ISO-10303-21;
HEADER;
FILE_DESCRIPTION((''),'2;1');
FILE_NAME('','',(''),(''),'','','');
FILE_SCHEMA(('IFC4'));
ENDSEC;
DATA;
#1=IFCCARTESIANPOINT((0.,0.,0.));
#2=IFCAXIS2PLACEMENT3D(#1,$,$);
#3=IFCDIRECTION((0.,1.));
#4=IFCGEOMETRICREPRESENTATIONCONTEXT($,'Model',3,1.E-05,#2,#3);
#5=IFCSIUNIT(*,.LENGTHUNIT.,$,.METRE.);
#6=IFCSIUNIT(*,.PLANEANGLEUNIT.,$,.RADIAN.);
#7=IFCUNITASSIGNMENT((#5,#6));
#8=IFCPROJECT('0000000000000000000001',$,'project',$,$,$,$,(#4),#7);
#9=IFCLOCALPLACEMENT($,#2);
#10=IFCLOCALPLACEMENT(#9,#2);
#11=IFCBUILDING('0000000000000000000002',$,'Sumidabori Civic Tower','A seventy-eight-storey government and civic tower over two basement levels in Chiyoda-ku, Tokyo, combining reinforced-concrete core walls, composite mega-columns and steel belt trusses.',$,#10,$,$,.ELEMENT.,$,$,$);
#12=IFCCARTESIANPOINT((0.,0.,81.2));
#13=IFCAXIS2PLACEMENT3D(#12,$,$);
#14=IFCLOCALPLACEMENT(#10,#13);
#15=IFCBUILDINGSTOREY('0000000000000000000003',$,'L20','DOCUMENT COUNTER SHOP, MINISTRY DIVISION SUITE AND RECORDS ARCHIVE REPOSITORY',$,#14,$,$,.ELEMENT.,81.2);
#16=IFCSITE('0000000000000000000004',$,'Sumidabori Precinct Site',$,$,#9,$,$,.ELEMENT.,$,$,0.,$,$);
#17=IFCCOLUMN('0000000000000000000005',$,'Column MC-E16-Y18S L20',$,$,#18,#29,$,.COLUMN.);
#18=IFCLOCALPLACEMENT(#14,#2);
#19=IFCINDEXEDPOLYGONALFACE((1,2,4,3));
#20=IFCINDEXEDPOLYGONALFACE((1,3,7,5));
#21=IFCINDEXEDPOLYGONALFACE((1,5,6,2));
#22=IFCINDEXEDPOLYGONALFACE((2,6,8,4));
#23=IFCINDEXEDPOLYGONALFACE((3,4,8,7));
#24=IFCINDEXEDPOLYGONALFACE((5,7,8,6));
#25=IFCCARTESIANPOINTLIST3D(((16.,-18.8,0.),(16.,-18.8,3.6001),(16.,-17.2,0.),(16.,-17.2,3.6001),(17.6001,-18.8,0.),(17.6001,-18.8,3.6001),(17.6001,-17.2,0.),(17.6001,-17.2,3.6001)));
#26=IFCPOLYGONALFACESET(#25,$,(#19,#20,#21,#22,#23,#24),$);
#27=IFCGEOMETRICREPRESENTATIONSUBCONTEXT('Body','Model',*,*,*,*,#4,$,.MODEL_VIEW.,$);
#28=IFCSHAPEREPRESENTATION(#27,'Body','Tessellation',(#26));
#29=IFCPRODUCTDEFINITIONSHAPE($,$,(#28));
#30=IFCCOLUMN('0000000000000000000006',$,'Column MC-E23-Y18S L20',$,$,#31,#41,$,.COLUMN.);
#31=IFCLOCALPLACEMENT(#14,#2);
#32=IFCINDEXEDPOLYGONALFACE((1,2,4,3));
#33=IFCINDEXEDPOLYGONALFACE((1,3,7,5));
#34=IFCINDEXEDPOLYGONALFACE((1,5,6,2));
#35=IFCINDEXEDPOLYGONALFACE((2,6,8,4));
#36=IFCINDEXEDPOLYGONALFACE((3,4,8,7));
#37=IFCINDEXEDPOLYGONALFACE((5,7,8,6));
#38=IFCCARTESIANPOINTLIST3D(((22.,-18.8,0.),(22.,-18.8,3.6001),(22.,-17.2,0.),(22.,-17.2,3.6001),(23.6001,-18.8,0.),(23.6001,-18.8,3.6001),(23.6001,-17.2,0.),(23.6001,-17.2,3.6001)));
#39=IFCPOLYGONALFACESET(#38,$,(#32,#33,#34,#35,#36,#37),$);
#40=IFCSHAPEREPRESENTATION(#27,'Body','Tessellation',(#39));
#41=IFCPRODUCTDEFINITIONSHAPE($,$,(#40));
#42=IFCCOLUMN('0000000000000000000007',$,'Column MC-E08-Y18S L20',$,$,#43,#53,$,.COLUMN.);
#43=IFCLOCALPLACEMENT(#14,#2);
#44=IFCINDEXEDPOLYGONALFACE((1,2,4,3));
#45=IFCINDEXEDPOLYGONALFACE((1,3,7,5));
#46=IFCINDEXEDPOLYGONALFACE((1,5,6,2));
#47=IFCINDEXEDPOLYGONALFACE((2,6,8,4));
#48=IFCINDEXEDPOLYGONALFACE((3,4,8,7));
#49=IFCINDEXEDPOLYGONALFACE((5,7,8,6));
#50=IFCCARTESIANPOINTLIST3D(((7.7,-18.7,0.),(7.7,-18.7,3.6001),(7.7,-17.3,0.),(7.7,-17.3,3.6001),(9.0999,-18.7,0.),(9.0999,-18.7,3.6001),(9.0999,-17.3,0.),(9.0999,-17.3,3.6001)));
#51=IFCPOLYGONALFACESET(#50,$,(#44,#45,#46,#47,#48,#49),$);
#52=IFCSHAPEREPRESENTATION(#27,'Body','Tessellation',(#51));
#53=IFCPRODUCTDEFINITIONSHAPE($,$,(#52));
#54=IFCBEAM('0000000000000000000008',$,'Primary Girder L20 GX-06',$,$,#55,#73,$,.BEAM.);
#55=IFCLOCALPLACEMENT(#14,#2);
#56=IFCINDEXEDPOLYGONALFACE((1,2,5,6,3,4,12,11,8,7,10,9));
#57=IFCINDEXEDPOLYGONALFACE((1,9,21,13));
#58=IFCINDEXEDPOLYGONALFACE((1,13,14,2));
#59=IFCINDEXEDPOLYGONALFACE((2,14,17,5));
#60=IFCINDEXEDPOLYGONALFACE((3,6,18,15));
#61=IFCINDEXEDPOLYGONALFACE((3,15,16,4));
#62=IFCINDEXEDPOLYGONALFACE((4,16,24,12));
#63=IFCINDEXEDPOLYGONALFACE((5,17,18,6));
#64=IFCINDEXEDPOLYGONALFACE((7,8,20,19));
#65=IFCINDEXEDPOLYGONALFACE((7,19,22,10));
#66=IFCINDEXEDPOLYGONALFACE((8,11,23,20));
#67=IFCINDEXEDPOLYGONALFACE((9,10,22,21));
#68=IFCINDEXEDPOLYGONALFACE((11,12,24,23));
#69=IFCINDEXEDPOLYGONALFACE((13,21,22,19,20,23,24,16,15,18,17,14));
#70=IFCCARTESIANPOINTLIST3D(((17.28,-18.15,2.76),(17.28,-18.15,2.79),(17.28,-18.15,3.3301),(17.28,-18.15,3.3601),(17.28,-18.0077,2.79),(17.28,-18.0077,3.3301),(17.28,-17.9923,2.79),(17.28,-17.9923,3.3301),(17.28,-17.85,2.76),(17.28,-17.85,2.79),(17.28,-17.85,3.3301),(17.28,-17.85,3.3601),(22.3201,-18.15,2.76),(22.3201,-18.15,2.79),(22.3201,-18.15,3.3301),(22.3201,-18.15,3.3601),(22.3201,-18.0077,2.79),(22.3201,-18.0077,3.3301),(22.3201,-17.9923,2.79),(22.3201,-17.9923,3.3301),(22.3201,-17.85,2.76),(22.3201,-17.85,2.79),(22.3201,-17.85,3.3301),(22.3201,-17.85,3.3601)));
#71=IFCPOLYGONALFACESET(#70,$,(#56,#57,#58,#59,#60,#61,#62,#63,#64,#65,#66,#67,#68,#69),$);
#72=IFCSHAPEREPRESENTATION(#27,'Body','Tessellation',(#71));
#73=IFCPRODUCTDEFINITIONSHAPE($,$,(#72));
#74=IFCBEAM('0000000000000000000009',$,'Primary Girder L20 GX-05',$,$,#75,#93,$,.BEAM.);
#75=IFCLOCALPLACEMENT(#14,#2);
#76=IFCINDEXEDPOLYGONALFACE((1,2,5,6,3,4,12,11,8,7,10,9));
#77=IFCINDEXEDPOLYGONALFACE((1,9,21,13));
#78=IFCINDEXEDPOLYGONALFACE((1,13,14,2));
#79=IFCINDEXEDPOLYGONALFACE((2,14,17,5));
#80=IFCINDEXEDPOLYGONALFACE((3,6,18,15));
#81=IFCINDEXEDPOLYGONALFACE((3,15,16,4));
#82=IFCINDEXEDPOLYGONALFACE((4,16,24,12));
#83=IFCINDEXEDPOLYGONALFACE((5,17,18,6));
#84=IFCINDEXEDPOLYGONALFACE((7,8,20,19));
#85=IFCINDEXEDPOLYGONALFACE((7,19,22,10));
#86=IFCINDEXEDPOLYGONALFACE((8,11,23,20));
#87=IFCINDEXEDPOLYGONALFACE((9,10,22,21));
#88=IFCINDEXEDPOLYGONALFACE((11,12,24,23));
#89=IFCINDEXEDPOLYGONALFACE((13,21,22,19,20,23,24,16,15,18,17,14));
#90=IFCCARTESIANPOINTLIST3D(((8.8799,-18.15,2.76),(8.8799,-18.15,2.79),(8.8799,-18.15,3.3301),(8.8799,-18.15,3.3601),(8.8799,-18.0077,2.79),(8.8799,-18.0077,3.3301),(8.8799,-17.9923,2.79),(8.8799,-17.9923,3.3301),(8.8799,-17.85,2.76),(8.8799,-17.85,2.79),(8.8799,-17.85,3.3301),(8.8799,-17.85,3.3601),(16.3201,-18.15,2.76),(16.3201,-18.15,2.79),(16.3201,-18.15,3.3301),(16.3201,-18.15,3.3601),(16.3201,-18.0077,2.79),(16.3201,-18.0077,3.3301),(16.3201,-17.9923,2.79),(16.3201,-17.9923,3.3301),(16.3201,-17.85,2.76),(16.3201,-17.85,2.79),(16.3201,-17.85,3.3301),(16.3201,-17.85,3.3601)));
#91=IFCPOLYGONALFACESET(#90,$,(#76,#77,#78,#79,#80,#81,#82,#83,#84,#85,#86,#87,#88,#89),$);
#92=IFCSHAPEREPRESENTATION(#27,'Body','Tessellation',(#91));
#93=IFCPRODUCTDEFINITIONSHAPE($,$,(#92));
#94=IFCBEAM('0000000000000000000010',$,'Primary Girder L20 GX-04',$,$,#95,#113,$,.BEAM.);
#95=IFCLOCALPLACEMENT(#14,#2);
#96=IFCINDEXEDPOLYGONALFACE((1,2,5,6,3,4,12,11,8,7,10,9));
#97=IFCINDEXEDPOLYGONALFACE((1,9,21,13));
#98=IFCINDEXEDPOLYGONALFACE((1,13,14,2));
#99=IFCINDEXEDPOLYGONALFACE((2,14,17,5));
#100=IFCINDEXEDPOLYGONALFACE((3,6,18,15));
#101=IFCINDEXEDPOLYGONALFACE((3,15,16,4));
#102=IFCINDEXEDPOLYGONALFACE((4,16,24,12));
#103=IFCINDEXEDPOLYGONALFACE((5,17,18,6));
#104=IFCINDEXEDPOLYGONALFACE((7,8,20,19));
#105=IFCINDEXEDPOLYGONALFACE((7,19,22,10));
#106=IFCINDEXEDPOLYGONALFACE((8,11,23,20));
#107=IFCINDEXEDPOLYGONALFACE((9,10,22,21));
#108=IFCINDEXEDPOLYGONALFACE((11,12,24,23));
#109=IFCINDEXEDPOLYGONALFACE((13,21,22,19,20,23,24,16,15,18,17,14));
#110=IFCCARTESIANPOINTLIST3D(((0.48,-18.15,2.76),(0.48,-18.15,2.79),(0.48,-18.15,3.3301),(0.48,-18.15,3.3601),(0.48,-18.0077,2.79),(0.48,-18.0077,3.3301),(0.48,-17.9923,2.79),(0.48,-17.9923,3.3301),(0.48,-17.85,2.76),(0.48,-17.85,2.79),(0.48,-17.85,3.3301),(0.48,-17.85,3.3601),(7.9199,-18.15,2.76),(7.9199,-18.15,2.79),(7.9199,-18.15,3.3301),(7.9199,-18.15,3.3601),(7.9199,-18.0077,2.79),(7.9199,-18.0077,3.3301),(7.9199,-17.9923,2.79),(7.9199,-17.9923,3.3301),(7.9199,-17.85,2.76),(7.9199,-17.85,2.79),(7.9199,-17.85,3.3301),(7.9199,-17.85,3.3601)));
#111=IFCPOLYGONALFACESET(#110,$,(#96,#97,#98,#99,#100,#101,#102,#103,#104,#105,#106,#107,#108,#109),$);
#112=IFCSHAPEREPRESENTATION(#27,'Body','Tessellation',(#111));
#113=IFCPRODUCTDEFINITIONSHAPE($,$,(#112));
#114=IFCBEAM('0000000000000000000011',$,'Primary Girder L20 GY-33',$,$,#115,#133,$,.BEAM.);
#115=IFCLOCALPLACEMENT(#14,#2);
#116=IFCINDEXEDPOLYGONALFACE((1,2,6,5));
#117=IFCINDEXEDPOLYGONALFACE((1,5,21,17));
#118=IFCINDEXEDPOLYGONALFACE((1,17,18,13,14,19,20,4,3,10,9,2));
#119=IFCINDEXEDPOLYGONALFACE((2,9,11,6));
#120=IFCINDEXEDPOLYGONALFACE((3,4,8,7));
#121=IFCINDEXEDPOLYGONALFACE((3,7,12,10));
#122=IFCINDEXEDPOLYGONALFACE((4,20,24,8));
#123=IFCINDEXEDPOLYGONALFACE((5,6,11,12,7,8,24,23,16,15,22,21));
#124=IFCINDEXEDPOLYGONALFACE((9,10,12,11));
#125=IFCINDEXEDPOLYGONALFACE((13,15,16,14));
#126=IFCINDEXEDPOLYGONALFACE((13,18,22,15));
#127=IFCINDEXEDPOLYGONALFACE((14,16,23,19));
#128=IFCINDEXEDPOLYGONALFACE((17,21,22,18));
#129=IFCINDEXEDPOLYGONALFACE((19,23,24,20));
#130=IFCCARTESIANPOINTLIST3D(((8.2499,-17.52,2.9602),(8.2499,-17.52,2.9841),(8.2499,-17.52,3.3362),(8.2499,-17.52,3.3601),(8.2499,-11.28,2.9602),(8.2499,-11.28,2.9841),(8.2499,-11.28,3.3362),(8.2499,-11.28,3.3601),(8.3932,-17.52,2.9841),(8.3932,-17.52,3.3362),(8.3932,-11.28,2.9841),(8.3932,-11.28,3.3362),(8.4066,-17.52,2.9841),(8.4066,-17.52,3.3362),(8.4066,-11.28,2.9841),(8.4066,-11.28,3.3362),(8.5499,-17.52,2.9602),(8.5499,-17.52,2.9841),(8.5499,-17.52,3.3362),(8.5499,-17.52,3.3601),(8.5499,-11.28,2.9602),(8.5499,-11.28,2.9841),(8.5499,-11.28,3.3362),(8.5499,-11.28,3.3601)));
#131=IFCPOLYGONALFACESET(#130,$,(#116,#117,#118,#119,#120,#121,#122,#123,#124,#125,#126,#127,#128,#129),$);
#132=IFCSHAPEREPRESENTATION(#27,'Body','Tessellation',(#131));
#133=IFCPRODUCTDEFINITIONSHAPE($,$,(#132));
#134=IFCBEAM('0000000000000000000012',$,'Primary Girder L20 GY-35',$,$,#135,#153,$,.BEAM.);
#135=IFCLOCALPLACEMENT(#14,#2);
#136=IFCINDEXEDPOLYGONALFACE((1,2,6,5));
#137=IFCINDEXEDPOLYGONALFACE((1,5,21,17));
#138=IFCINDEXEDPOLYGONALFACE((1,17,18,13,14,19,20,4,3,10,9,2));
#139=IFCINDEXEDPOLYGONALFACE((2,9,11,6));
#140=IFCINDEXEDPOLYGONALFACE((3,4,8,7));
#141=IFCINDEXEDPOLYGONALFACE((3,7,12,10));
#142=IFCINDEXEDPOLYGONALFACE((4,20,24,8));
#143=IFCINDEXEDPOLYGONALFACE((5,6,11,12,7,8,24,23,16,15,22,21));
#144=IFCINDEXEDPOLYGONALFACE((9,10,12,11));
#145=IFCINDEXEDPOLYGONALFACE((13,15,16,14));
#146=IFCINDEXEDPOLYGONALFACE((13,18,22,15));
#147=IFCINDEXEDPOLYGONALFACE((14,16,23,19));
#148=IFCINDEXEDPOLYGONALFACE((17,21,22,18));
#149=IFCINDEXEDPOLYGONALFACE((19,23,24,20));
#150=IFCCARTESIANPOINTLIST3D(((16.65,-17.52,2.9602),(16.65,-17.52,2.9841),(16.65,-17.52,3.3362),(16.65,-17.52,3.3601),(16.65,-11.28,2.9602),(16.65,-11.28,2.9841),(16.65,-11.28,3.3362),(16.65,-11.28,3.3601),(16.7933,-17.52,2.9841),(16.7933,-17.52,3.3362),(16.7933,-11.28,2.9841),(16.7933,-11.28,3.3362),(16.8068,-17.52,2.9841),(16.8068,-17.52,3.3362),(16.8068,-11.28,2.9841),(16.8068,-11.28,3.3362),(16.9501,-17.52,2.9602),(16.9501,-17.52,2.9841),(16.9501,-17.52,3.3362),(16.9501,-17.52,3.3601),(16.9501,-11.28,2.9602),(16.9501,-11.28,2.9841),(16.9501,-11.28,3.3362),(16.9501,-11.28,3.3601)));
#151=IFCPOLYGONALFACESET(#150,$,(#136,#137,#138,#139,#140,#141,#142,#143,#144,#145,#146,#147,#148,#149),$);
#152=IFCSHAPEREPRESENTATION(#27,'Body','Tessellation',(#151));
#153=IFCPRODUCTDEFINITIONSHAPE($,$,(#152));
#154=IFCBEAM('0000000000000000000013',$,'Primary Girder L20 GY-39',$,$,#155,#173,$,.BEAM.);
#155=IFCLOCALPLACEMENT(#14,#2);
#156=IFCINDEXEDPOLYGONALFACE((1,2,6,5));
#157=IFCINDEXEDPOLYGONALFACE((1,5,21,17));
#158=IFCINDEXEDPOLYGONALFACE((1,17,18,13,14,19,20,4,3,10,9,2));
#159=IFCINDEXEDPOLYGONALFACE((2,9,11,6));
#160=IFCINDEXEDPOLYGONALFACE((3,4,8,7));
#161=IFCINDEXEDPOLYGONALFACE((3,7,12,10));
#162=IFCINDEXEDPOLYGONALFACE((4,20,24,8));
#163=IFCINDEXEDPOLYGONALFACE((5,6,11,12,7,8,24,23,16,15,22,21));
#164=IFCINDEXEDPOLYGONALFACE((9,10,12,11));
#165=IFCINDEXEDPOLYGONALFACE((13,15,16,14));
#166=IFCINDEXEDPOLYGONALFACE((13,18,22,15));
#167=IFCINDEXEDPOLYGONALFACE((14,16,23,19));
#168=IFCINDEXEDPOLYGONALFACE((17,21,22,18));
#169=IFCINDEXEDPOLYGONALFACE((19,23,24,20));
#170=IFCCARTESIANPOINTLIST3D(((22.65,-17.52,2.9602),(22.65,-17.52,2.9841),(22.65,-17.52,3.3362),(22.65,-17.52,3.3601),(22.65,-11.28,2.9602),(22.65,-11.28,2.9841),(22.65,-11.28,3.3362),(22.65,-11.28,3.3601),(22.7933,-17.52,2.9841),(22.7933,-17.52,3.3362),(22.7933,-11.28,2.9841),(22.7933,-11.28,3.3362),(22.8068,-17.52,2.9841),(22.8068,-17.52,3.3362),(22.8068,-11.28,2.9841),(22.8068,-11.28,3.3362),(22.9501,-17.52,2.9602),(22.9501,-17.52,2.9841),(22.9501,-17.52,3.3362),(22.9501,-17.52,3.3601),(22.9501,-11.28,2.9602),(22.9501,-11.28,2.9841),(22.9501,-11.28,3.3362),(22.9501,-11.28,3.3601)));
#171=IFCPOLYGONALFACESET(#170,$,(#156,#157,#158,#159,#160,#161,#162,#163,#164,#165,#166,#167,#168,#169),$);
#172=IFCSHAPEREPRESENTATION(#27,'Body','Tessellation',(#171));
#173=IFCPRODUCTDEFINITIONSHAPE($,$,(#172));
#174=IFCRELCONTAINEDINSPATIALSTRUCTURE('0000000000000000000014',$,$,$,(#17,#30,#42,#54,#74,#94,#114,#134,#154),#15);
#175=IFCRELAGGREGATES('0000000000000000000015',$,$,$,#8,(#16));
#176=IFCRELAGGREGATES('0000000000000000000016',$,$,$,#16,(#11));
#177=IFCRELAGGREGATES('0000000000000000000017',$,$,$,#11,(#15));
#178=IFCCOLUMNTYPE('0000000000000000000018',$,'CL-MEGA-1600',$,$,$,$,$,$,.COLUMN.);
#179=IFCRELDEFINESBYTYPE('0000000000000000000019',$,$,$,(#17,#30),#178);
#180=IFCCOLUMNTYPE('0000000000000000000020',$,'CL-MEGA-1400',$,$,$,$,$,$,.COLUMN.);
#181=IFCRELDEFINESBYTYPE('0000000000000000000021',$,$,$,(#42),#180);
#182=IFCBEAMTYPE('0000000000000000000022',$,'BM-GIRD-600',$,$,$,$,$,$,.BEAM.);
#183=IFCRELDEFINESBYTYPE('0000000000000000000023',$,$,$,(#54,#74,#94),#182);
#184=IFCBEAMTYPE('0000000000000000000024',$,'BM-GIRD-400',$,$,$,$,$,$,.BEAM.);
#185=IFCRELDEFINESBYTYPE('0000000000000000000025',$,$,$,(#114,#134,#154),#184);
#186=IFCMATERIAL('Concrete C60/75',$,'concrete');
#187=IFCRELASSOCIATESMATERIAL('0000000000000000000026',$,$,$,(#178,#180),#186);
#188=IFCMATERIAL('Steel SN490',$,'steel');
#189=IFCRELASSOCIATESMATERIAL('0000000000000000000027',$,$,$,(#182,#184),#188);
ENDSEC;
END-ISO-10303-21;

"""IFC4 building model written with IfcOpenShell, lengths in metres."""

from ifc_helpers import new_model, si_unit, direction, frame, origin, origin_2d, place, context, subcontext, project, spatial, rectangle, i_section, extrude, source, transform, mapped, material, material_profile, profile_set, type_object, element, save


model = new_model("IFC4")

# Units and contexts
model_context = context("Model", 3, precision=1e-05, world=origin(), true_north=direction((0.0, 1.0)))
body_context = subcontext(model_context, "Body", "Model", "MODEL_VIEW")
ifc_project = project(units=[si_unit("LENGTHUNIT", "METRE"), si_unit("PLANEANGLEUNIT", "RADIAN")], contexts=[model_context])

# Site, building, storey
site_placement = place(None, origin())
site = spatial("IfcSite", under=ifc_project, at=site_placement, Name="Sumidabori Precinct Site", CompositionType="ELEMENT", RefElevation=0.0)
building_placement = place(site_placement, origin())
building = spatial("IfcBuilding", under=site, at=building_placement, Name="Sumidabori Civic Tower", Description="A seventy-eight-storey government and civic tower over two basement levels in Chiyoda-ku, Tokyo, combining reinforced-concrete core walls, composite mega-columns and steel belt trusses.", CompositionType="ELEMENT")
storey_placement = place(building_placement, frame((0.0, 0.0, 81.2)))
storey = spatial("IfcBuildingStorey", under=building, at=storey_placement, Name="L20", Description="DOCUMENT COUNTER SHOP, MINISTRY DIVISION SUITE AND RECORDS ARCHIVE REPOSITORY", CompositionType="ELEMENT", Elevation=81.2)

# Columns
ifc_material_1 = material(Name="Concrete C60/75", Category="concrete")
ifc_material_profile_1 = material_profile(ifc_material_1, rectangle(XDim=1.6001, YDim=1.6001, at=origin_2d()), Name="RC 1600x1600")
ifc_profile_set_1 = profile_set([ifc_material_profile_1], Name="Concrete C60/75")
column_type_1 = type_object("IfcColumnType", Name="CL-MEGA-1600", PredefinedType="COLUMN", material=ifc_profile_set_1)
shared_shape_1 = source(origin(), body_context, "Body", "SweptSolid", [
    extrude(rectangle(XDim=1.6001, YDim=1.6001, at=origin_2d()), origin(), (0.0, 0.0, 1.0), 3.6001),
])
for number, where, z_axis, x_axis, name in (
    (1, (16.8, -18.0, 0.0), (0.0, 0.0, 1.0), (1.0, 0.0, 0.0), "Column MC-E16-Y18S L20"),
    (2, (22.8, -18.0, 0.0), (0.0, 0.0, 1.0), (1.0, 0.0, 0.0), "Column MC-E23-Y18S L20"),
):
    element("IfcColumn", number, at=place(storey_placement, frame(where, z_axis=z_axis, x_axis=x_axis)), inside=storey, type_object=column_type_1, Name=name, PredefinedType="COLUMN", context=body_context, shape_type="MappedRepresentation", body=[
        mapped(shared_shape_1, transform((0.0, 0.0, 0.0), x_axis=(1.0, 0.0, 0.0), y_axis=(0.0, 1.0, 0.0), z_axis=(0.0, 0.0, 1.0), scale=1.0)),
    ])
ifc_material_profile_2 = material_profile(ifc_material_1, rectangle(XDim=1.3999, YDim=1.3999, at=origin_2d()), Name="RC 1400x1400")
ifc_profile_set_2 = profile_set([ifc_material_profile_2], Name="Concrete C60/75")
column_type_2 = type_object("IfcColumnType", Name="CL-MEGA-1400", PredefinedType="COLUMN", material=ifc_profile_set_2)
shared_shape_2 = source(origin(), body_context, "Body", "SweptSolid", [
    extrude(rectangle(XDim=1.3999, YDim=1.3999, at=origin_2d()), origin(), (0.0, 0.0, 1.0), 3.6001),
])
column_placement = place(storey_placement, frame((8.3999, -18.0, 0.0), z_axis=(0.0, 0.0, 1.0), x_axis=(1.0, 0.0, 0.0)))
element("IfcColumn", 3, at=column_placement, inside=storey, type_object=column_type_2, Name="Column MC-E08-Y18S L20", PredefinedType="COLUMN", context=body_context, shape_type="MappedRepresentation", body=[
    mapped(shared_shape_2, transform((0.0, 0.0, 0.0), x_axis=(1.0, 0.0, 0.0), y_axis=(0.0, 1.0, 0.0), z_axis=(0.0, 0.0, 1.0), scale=1.0)),
])

# Beams
ifc_material_2 = material(Name="Steel SN490", Category="steel")
ifc_material_profile_3 = material_profile(ifc_material_2, i_section(OverallWidth=0.3, OverallDepth=0.6001, WebThickness=0.0154, FlangeThickness=0.03, at=origin_2d()), Name="HE 600 B")
ifc_profile_set_3 = profile_set([ifc_material_profile_3], Name="Steel SN490")
beam_type_1 = type_object("IfcBeamType", Name="BM-GIRD-600", PredefinedType="BEAM", material=ifc_profile_set_3)
shared_shape_3 = source(origin(), body_context, "Body", "SweptSolid", [
    extrude(i_section(OverallWidth=0.3, OverallDepth=0.6001, WebThickness=0.0154, FlangeThickness=0.03, at=origin_2d()), origin(), (0.0, 0.0, 1.0), 5.04),
])
beam_1_placement = place(storey_placement, frame((17.28, -18.0, 3.0601), z_axis=(1.0, 0.0, 0.0), x_axis=(0.0, 1.0, 0.0)))
element("IfcBeam", 4, at=beam_1_placement, inside=storey, type_object=beam_type_1, Name="Primary Girder L20 GX-06", PredefinedType="BEAM", context=body_context, shape_type="MappedRepresentation", body=[
    mapped(shared_shape_3, transform((0.0, 0.0, 0.0), x_axis=(1.0, 0.0, 0.0), y_axis=(0.0, 1.0, 0.0), z_axis=(0.0, 0.0, 1.0), scale=1.0)),
])
shared_shape_4 = source(origin(), body_context, "Body", "SweptSolid", [
    extrude(i_section(OverallWidth=0.3, OverallDepth=0.6001, WebThickness=0.0154, FlangeThickness=0.03, at=origin_2d()), origin(), (0.0, 0.0, 1.0), 7.4402),
])
beam_2_placement = place(storey_placement, frame((8.8799, -18.0, 3.0601), z_axis=(1.0, 0.0, 0.0), x_axis=(0.0, 1.0, 0.0)))
element("IfcBeam", 5, at=beam_2_placement, inside=storey, type_object=beam_type_1, Name="Primary Girder L20 GX-05", PredefinedType="BEAM", context=body_context, shape_type="MappedRepresentation", body=[
    mapped(shared_shape_4, transform((0.0, 0.0, 0.0), x_axis=(1.0, 0.0, 0.0), y_axis=(0.0, 1.0, 0.0), z_axis=(0.0, 0.0, 1.0), scale=1.0)),
])
shared_shape_5 = source(origin(), body_context, "Body", "SweptSolid", [
    extrude(i_section(OverallWidth=0.3, OverallDepth=0.6001, WebThickness=0.0154, FlangeThickness=0.03, at=origin_2d()), origin(), (0.0, 0.0, 1.0), 7.4399),
])
beam_3_placement = place(storey_placement, frame((0.48, -18.0, 3.0601), z_axis=(1.0, 0.0, 0.0), x_axis=(0.0, 1.0, 0.0)))
element("IfcBeam", 6, at=beam_3_placement, inside=storey, type_object=beam_type_1, Name="Primary Girder L20 GX-04", PredefinedType="BEAM", context=body_context, shape_type="MappedRepresentation", body=[
    mapped(shared_shape_5, transform((0.0, 0.0, 0.0), x_axis=(1.0, 0.0, 0.0), y_axis=(0.0, 1.0, 0.0), z_axis=(0.0, 0.0, 1.0), scale=1.0)),
])
ifc_material_profile_4 = material_profile(ifc_material_2, i_section(OverallWidth=0.3, OverallDepth=0.3999, WebThickness=0.0134, FlangeThickness=0.0239, at=origin_2d()), Name="HE 400 B")
ifc_profile_set_4 = profile_set([ifc_material_profile_4], Name="Steel SN490")
beam_type_2 = type_object("IfcBeamType", Name="BM-GIRD-400", PredefinedType="BEAM", material=ifc_profile_set_4)
shared_shape_6 = source(origin(), body_context, "Body", "SweptSolid", [
    extrude(i_section(OverallWidth=0.3, OverallDepth=0.3999, WebThickness=0.0134, FlangeThickness=0.0239, at=origin_2d()), origin(), (0.0, 0.0, 1.0), 6.24),
])
for number, where, z_axis, x_axis, name in (
    (7, (8.3999, -17.52, 3.1602), (0.0, 1.0, 0.0), (-1.0, 0.0, 0.0), "Primary Girder L20 GY-33"),
    (8, (16.8, -17.52, 3.1602), (0.0, 1.0, 0.0), (-1.0, 0.0, 0.0), "Primary Girder L20 GY-35"),
    (9, (22.8, -17.52, 3.1602), (0.0, 1.0, 0.0), (-1.0, 0.0, 0.0), "Primary Girder L20 GY-39"),
):
    element("IfcBeam", number, at=place(storey_placement, frame(where, z_axis=z_axis, x_axis=x_axis)), inside=storey, type_object=beam_type_2, Name=name, PredefinedType="BEAM", context=body_context, shape_type="MappedRepresentation", body=[
        mapped(shared_shape_6, transform((0.0, 0.0, 0.0), x_axis=(1.0, 0.0, 0.0), y_axis=(0.0, 1.0, 0.0), z_axis=(0.0, 0.0, 1.0), scale=1.0)),
    ])

save(model, "model.ifc")
